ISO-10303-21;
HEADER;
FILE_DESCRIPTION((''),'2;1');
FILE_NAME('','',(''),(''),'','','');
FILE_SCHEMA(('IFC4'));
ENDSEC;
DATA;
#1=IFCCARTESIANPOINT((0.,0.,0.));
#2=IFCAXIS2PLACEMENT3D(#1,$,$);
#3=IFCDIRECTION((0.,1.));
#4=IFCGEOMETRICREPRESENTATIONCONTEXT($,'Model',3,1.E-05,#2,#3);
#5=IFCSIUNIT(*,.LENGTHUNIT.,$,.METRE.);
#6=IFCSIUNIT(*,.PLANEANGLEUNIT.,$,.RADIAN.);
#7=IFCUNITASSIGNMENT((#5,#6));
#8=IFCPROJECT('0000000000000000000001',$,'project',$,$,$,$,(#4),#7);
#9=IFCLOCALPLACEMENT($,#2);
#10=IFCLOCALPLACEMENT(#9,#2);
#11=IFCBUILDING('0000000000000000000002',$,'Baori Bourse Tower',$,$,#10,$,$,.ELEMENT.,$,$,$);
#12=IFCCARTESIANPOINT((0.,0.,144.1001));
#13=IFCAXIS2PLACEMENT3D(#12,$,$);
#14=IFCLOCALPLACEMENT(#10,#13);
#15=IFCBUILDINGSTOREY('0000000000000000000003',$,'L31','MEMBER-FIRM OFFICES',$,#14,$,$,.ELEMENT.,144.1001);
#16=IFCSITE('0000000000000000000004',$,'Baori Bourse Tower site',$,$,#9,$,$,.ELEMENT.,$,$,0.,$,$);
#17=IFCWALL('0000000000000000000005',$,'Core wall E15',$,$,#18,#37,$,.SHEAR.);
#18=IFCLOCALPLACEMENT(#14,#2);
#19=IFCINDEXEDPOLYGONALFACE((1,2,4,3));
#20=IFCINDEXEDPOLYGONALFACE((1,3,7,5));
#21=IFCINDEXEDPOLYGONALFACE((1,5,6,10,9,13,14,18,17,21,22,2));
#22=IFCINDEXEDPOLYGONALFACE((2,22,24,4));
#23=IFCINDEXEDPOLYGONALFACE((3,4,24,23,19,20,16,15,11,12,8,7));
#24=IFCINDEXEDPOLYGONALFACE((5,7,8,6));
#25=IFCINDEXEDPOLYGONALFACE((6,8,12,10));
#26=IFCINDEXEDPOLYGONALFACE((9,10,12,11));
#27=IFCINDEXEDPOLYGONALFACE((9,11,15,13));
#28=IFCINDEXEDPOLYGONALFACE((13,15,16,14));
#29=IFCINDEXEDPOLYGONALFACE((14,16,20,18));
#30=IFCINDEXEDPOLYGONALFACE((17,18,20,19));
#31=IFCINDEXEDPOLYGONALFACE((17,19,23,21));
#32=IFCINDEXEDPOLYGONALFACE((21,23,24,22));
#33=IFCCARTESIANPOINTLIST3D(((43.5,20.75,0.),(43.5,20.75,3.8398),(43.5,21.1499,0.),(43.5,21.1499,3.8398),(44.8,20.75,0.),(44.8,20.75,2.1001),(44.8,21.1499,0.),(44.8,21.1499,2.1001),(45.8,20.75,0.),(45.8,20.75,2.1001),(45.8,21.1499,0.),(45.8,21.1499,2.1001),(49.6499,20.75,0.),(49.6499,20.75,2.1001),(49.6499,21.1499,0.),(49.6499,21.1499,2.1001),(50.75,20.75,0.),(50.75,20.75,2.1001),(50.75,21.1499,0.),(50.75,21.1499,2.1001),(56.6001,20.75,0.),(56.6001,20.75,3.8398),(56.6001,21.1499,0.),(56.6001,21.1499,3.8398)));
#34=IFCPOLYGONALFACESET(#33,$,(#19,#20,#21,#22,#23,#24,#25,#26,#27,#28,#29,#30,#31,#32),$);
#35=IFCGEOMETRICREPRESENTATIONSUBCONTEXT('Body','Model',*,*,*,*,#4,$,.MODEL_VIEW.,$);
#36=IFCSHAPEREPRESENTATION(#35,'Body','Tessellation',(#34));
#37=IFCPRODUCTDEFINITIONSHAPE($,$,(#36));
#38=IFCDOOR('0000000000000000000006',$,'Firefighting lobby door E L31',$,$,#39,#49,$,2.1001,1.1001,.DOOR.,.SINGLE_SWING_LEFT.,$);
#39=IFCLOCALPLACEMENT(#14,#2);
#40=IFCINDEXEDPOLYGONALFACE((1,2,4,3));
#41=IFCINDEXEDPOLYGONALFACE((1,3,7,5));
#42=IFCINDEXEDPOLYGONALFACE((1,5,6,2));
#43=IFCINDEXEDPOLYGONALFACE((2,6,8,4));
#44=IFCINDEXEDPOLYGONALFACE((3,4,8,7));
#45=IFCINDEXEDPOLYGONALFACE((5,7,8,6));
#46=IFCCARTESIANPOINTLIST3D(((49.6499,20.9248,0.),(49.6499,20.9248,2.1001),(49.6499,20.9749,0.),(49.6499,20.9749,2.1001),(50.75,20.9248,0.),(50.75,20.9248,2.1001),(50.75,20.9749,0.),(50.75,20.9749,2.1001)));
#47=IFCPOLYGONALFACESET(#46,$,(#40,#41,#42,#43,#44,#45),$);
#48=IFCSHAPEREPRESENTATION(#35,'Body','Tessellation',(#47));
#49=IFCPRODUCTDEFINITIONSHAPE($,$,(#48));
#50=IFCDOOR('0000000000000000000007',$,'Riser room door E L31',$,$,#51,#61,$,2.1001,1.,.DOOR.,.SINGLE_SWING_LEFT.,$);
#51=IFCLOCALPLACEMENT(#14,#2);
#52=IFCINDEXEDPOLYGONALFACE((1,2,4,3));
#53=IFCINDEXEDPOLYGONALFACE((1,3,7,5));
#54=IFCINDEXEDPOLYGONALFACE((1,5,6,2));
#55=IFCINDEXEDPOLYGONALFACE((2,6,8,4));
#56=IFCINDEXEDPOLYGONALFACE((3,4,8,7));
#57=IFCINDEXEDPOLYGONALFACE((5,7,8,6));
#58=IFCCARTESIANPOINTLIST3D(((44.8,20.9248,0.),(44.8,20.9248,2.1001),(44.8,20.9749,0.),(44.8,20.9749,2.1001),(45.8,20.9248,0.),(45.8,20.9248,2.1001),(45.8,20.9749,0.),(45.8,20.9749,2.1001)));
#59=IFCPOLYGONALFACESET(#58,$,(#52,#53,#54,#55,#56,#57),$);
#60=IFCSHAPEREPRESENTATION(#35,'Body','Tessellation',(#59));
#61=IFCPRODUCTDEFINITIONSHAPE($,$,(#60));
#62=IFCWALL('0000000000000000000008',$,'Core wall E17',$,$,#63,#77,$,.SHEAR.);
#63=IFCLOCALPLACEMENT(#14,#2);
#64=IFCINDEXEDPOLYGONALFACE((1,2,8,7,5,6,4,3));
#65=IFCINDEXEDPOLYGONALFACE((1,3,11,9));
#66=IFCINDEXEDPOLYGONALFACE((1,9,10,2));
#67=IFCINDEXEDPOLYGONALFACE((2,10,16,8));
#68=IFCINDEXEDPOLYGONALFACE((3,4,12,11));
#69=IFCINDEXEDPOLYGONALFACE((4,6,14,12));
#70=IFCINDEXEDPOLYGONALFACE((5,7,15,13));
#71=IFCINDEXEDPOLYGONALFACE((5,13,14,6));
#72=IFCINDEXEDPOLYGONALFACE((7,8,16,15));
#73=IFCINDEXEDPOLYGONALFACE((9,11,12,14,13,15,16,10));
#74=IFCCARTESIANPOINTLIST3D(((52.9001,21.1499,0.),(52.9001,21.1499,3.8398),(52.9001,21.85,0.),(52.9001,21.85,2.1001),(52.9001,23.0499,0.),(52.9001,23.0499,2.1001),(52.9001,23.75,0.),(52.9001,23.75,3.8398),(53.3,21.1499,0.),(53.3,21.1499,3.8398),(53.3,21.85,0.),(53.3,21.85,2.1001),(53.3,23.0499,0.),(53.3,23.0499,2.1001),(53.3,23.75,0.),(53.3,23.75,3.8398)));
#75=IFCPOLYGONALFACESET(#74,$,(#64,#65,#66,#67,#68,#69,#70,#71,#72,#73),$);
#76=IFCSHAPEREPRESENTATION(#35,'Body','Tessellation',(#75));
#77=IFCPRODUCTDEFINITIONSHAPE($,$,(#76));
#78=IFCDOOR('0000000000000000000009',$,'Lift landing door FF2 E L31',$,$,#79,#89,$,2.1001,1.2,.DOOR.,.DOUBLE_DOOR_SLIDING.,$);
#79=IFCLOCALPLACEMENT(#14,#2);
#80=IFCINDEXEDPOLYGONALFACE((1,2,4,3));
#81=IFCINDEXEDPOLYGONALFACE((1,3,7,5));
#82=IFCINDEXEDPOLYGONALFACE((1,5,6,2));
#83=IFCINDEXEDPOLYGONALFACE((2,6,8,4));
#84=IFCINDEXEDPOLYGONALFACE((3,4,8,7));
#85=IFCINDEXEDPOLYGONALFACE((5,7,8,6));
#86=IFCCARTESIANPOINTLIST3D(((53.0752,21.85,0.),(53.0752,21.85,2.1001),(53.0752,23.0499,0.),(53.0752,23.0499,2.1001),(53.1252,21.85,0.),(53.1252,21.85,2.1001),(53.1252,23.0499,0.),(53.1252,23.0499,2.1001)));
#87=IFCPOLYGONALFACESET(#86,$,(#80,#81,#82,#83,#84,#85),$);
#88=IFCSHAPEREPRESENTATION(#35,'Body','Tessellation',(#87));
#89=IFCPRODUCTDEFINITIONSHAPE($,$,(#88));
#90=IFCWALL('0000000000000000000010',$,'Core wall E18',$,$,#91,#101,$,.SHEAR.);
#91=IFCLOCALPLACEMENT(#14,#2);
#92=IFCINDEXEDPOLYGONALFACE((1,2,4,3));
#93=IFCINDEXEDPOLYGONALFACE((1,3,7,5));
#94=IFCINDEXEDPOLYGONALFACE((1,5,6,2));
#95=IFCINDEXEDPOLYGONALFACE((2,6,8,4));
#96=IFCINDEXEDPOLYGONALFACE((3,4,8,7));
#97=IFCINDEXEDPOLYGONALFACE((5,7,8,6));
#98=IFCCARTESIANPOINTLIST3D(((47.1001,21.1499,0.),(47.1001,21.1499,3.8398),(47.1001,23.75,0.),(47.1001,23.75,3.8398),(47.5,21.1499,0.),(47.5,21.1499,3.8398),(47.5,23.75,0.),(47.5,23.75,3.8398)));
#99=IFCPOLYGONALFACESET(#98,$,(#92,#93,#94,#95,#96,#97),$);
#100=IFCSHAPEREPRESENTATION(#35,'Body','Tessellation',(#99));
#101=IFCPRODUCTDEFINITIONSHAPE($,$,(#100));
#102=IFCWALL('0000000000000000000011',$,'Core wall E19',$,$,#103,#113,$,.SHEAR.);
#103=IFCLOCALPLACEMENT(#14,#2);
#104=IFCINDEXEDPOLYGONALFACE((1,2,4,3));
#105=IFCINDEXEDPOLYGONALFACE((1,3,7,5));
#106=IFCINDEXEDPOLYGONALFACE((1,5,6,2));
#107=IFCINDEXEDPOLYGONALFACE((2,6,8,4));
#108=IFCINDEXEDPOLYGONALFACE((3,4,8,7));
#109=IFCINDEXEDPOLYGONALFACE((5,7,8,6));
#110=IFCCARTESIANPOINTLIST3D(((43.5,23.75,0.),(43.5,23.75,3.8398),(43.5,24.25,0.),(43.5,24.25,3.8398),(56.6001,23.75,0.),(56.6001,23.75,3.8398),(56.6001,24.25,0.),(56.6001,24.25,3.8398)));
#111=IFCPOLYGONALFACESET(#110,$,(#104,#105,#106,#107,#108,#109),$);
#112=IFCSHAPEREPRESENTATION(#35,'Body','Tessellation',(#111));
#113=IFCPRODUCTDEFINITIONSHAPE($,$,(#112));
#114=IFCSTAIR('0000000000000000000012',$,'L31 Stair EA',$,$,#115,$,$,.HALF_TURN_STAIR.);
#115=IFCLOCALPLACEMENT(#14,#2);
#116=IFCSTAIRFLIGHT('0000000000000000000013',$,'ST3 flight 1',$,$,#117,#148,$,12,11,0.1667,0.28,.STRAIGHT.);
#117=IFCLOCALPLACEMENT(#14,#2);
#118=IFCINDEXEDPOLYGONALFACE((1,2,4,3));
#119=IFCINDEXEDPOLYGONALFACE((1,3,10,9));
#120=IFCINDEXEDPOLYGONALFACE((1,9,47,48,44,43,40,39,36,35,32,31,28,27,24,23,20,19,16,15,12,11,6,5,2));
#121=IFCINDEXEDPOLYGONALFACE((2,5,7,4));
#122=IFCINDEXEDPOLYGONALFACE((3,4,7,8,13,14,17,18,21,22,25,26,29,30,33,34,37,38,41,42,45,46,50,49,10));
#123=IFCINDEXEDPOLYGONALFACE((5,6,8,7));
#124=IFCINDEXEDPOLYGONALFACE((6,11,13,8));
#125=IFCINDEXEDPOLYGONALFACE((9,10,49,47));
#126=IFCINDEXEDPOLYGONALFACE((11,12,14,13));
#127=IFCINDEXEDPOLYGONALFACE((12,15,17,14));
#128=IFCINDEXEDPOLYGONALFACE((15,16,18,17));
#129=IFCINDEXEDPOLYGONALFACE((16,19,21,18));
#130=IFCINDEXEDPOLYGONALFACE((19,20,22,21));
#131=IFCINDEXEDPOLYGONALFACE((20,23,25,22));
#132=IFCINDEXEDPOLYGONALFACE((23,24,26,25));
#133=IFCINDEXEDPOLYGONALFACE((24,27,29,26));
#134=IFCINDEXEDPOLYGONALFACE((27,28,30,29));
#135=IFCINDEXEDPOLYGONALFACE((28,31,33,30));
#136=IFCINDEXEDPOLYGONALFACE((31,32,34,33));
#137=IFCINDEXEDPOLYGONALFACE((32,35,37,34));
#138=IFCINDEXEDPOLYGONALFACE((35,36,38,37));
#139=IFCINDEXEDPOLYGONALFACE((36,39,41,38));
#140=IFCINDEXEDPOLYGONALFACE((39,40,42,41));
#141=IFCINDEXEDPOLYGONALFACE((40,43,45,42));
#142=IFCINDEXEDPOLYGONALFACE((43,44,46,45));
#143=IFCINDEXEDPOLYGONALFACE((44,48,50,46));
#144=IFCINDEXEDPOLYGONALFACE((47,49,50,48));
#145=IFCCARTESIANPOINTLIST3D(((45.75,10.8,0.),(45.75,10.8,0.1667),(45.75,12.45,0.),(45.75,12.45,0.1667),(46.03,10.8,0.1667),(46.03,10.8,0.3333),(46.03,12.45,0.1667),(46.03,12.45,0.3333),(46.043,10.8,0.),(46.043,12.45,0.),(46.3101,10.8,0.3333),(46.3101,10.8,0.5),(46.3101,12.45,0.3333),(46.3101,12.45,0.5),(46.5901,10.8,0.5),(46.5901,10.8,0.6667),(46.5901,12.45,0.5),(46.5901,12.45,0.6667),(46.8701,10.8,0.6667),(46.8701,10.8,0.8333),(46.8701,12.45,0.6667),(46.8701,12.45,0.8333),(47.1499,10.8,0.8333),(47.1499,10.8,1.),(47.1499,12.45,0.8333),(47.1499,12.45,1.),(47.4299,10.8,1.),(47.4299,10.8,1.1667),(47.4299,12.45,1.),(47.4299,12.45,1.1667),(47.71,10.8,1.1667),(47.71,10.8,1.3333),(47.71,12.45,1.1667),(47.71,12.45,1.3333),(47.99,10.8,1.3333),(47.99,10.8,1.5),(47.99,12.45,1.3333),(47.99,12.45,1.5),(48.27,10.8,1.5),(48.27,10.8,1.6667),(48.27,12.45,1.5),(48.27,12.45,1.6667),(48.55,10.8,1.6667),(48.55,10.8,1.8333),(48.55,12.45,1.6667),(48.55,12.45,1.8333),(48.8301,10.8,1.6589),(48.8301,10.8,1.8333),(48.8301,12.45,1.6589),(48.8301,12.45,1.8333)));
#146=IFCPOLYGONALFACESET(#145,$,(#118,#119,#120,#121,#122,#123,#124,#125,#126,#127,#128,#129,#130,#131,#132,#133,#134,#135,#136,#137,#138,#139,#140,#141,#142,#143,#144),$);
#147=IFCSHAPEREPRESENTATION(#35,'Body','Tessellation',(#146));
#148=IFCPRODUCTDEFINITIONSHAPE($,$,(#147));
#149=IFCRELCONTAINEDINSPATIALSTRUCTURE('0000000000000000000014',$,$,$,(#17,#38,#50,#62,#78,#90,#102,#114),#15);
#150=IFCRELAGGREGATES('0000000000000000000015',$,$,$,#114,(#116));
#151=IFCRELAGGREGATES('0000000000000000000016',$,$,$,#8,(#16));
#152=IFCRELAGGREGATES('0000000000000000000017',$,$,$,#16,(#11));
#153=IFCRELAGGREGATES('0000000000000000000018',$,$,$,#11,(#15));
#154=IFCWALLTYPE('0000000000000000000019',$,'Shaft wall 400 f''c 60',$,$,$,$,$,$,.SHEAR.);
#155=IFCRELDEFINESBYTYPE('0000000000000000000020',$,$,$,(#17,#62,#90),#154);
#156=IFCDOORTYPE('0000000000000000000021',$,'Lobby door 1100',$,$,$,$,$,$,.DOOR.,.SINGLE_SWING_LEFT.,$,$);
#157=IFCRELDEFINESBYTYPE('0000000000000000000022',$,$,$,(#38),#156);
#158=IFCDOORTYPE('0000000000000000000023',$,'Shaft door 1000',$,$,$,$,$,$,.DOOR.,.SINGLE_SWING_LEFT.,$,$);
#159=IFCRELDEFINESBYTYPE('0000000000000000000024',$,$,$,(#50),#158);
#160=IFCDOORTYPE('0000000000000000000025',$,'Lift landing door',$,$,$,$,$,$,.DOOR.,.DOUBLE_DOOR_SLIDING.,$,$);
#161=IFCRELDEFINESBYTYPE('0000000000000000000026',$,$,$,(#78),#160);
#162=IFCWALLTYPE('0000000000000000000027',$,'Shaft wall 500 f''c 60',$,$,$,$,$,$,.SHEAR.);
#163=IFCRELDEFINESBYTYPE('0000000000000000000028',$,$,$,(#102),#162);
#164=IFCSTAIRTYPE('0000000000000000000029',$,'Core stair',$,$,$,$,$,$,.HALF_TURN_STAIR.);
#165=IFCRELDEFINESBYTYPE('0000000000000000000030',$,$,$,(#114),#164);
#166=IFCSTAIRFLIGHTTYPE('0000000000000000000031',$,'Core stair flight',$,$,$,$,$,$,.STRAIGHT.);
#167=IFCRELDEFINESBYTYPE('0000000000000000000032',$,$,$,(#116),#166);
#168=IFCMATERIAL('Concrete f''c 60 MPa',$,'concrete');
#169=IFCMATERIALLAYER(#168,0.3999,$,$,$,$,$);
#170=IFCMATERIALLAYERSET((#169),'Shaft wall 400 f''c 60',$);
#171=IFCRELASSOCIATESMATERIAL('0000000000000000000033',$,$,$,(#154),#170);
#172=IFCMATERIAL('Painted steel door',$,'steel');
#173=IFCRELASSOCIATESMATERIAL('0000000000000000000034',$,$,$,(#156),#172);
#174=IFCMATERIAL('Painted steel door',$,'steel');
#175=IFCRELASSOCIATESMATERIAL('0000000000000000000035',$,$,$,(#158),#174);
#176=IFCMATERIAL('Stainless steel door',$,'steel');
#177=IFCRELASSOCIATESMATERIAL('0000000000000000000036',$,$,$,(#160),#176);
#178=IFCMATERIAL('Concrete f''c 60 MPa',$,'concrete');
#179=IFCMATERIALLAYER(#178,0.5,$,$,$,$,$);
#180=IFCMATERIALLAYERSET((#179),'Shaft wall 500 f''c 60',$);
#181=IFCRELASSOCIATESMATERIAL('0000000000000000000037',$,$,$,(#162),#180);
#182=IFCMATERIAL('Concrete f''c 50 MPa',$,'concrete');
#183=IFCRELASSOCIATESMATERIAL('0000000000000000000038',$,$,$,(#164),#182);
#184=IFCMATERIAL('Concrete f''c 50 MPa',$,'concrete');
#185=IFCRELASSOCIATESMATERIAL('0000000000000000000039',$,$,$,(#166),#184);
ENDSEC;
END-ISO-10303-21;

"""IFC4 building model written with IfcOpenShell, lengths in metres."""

from ifc_helpers import new_model, si_unit, direction, frame, frame_2d, origin, place, context, subcontext, project, spatial, polyline, rectangle, outline, extrude, material, layer, layer_set, type_object, element, fill, aggregate, save


model = new_model("IFC4")

# Units and contexts
model_context = context("Model", 3, precision=1e-05, world=origin(), true_north=direction((0.0, 1.0)))
body_context = subcontext(model_context, "Body", "Model", "MODEL_VIEW")
ifc_project = project(units=[si_unit("LENGTHUNIT", "METRE"), si_unit("PLANEANGLEUNIT", "RADIAN")], contexts=[model_context])

# Site, building, storey
site_placement = place(None, origin())
site = spatial("IfcSite", under=ifc_project, at=site_placement, Name="Baori Bourse Tower site", CompositionType="ELEMENT", RefElevation=0.0)
building_placement = place(site_placement, origin())
building = spatial("IfcBuilding", under=site, at=building_placement, Name="Baori Bourse Tower", CompositionType="ELEMENT")
storey_placement = place(building_placement, frame((0.0, 0.0, 144.1001)))
storey = spatial("IfcBuildingStorey", under=building, at=storey_placement, Name="L31", Description="MEMBER-FIRM OFFICES", CompositionType="ELEMENT", Elevation=144.1001)

# Wall, openings, doors
ifc_material_1 = material(Name="Concrete f'c 60 MPa", Category="concrete")
ifc_layer_1 = layer(ifc_material_1, 0.3999)
ifc_layer_set_1 = layer_set([ifc_layer_1], Name="Shaft wall 400 f'c 60")
wall_type_1 = type_object("IfcWallType", Name="Shaft wall 400 f'c 60", PredefinedType="SHEAR", material=ifc_layer_set_1)
wall_1_placement = place(storey_placement, frame((43.5, 20.95, 0.0), z_axis=(0.0, 0.0, 1.0), x_axis=(1.0, 0.0, 0.0)))
wall_1 = element("IfcWall", 1, at=wall_1_placement, inside=storey, type_object=wall_type_1, Name="Core wall E15", PredefinedType="SHEAR", context=body_context, shape_type="SweptSolid", body=[
    extrude(rectangle(XDim=13.1001, YDim=0.3999, at=frame_2d((6.55, 0.0))), origin(), (0.0, 0.0, 1.0), 3.8398),
])
opening_1_placement = place(wall_1_placement, frame((6.1499, 0.0, 0.0)))
opening_1 = element("IfcOpeningElement", 2, at=opening_1_placement, cuts=wall_1, PredefinedType="OPENING", context=body_context, shape_type="SweptSolid", body=[
    extrude(rectangle(XDim=1.1001, YDim=2.1001, at=frame_2d((0.55, 1.05))), frame((0.0, 0.21, 0.0), z_axis=(0.0, -1.0, 0.0), x_axis=(1.0, 0.0, 0.0)), (0.0, 0.0, 1.0), 0.4199),
])
opening_2_placement = place(wall_1_placement, frame((1.3, 0.0, 0.0)))
opening_2 = element("IfcOpeningElement", 3, at=opening_2_placement, cuts=wall_1, PredefinedType="OPENING", context=body_context, shape_type="SweptSolid", body=[
    extrude(rectangle(XDim=1.0, YDim=2.1001, at=frame_2d((0.5, 1.05))), frame((0.0, 0.21, 0.0), z_axis=(0.0, -1.0, 0.0), x_axis=(1.0, 0.0, 0.0)), (0.0, 0.0, 1.0), 0.4199),
])
ifc_material_2 = material(Name="Painted steel door", Category="steel")
door_type_1 = type_object("IfcDoorType", Name="Lobby door 1100", OperationType="SINGLE_SWING_LEFT", PredefinedType="DOOR", material=ifc_material_2)
door_1_placement = place(opening_1_placement, origin())
door_1 = element("IfcDoor", 4, at=door_1_placement, inside=storey, type_object=door_type_1, Name="Firefighting lobby door E L31", OperationType="SINGLE_SWING_LEFT", OverallHeight=2.1001, OverallWidth=1.1001, PredefinedType="DOOR", context=body_context, shape_type="SweptSolid", body=[
    extrude(rectangle(XDim=1.1001, YDim=2.1001, at=frame_2d((0.55, 1.05))), frame((0.0, 0.0249, 0.0), z_axis=(0.0, -1.0, 0.0), x_axis=(1.0, 0.0, 0.0)), (0.0, 0.0, 1.0), 0.05),
])
fill(opening_1, door_1)
ifc_material_3 = material(Name="Painted steel door", Category="steel")
door_type_2 = type_object("IfcDoorType", Name="Shaft door 1000", OperationType="SINGLE_SWING_LEFT", PredefinedType="DOOR", material=ifc_material_3)
door_2_placement = place(opening_2_placement, origin())
door_2 = element("IfcDoor", 5, at=door_2_placement, inside=storey, type_object=door_type_2, Name="Riser room door E L31", OperationType="SINGLE_SWING_LEFT", OverallHeight=2.1001, OverallWidth=1.0, PredefinedType="DOOR", context=body_context, shape_type="SweptSolid", body=[
    extrude(rectangle(XDim=1.0, YDim=2.1001, at=frame_2d((0.5, 1.05))), frame((0.0, 0.0249, 0.0), z_axis=(0.0, -1.0, 0.0), x_axis=(1.0, 0.0, 0.0)), (0.0, 0.0, 1.0), 0.05),
])
fill(opening_2, door_2)

# Wall, opening, door
wall_2_placement = place(storey_placement, frame((53.1001, 21.1499, 0.0), z_axis=(0.0, 0.0, 1.0), x_axis=(0.0, 1.0, 0.0)))
wall_2 = element("IfcWall", 6, at=wall_2_placement, inside=storey, type_object=wall_type_1, Name="Core wall E17", PredefinedType="SHEAR", context=body_context, shape_type="SweptSolid", body=[
    extrude(rectangle(XDim=2.6001, YDim=0.3999, at=frame_2d((1.3, 0.0))), origin(), (0.0, 0.0, 1.0), 3.8398),
])
opening_3_placement = place(wall_2_placement, frame((0.7, 0.0, 0.0)))
opening_3 = element("IfcOpeningElement", 7, at=opening_3_placement, cuts=wall_2, PredefinedType="OPENING", context=body_context, shape_type="SweptSolid", body=[
    extrude(rectangle(XDim=1.2, YDim=2.1001, at=frame_2d((0.6001, 1.05))), frame((0.0, 0.21, 0.0), z_axis=(0.0, -1.0, 0.0), x_axis=(1.0, 0.0, 0.0)), (0.0, 0.0, 1.0), 0.4199),
])
ifc_material_4 = material(Name="Stainless steel door", Category="steel")
door_type_3 = type_object("IfcDoorType", Name="Lift landing door", OperationType="DOUBLE_DOOR_SLIDING", PredefinedType="DOOR", material=ifc_material_4)
door_3_placement = place(opening_3_placement, origin())
door_3 = element("IfcDoor", 8, at=door_3_placement, inside=storey, type_object=door_type_3, Name="Lift landing door FF2 E L31", OperationType="DOUBLE_DOOR_SLIDING", OverallHeight=2.1001, OverallWidth=1.2, PredefinedType="DOOR", context=body_context, shape_type="SweptSolid", body=[
    extrude(rectangle(XDim=1.2, YDim=2.1001, at=frame_2d((0.6001, 1.05))), frame((0.0, 0.0249, 0.0), z_axis=(0.0, -1.0, 0.0), x_axis=(1.0, 0.0, 0.0)), (0.0, 0.0, 1.0), 0.05),
])
fill(opening_3, door_3)

# Walls
wall_3_placement = place(storey_placement, frame((47.3, 21.1499, 0.0), z_axis=(0.0, 0.0, 1.0), x_axis=(0.0, 1.0, 0.0)))
element("IfcWall", 9, at=wall_3_placement, inside=storey, type_object=wall_type_1, Name="Core wall E18", PredefinedType="SHEAR", context=body_context, shape_type="SweptSolid", body=[
    extrude(rectangle(XDim=2.6001, YDim=0.3999, at=frame_2d((1.3, 0.0))), origin(), (0.0, 0.0, 1.0), 3.8398),
])
ifc_material_5 = material(Name="Concrete f'c 60 MPa", Category="concrete")
ifc_layer_2 = layer(ifc_material_5, 0.5)
ifc_layer_set_2 = layer_set([ifc_layer_2], Name="Shaft wall 500 f'c 60")
wall_type_2 = type_object("IfcWallType", Name="Shaft wall 500 f'c 60", PredefinedType="SHEAR", material=ifc_layer_set_2)
wall_4_placement = place(storey_placement, frame((43.5, 24.0, 0.0), z_axis=(0.0, 0.0, 1.0), x_axis=(1.0, 0.0, 0.0)))
element("IfcWall", 10, at=wall_4_placement, inside=storey, type_object=wall_type_2, Name="Core wall E19", PredefinedType="SHEAR", context=body_context, shape_type="SweptSolid", body=[
    extrude(rectangle(XDim=13.1001, YDim=0.5, at=frame_2d((6.55, 0.0))), origin(), (0.0, 0.0, 1.0), 3.8398),
])

# Stair, stair flight
ifc_material_6 = material(Name="Concrete f'c 50 MPa", Category="concrete")
stair_type = type_object("IfcStairType", Name="Core stair", PredefinedType="HALF_TURN_STAIR", material=ifc_material_6)
stair_placement = place(storey_placement, origin())
stair = element("IfcStair", 11, at=stair_placement, inside=storey, type_object=stair_type, Name="L31 Stair EA", PredefinedType="HALF_TURN_STAIR")
ifc_material_7 = material(Name="Concrete f'c 50 MPa", Category="concrete")
stair_flight_type = type_object("IfcStairFlightType", Name="Core stair flight", PredefinedType="STRAIGHT", material=ifc_material_7)
stair_flight_1_placement = place(storey_placement, frame((45.75, 11.625, 0.0), z_axis=(0.0, 0.0, 1.0), x_axis=(1.0, 0.0, 0.0)))
stair_flight_1 = element("IfcStairFlight", 12, at=stair_flight_1_placement, type_object=stair_flight_type, Name="ST3 flight 1", NumberOfRisers=12, NumberOfTreads=11, PredefinedType="STRAIGHT", RiserHeight=0.1667, TreadLength=0.28, context=body_context, shape_type="SweptSolid", body=[
    extrude(outline(polyline([(0.0, 0.0), (0.0, 0.1667), (0.28, 0.1667), (0.28, 0.3333), (0.5601, 0.3333), (0.5601, 0.5), (0.8401, 0.5), (0.8401, 0.6667), (1.1201, 0.6667), (1.1201, 0.8333), (1.3999, 0.8333), (1.3999, 1.0), (1.6799, 1.0), (1.6799, 1.1667), (1.96, 1.1667), (1.96, 1.3333), (2.24, 1.3333), (2.24, 1.5), (2.52, 1.5), (2.52, 1.6667), (2.8, 1.6667), (2.8, 1.8333), (3.0801, 1.8333), (3.0801, 2.0), (3.0801, 1.6589), (0.293, 0.0), (0.0, 0.0)])), frame((0.0, 0.825, 0.0), z_axis=(0.0, -1.0, 0.0), x_axis=(1.0, 0.0, 0.0)), (0.0, 0.0, 1.0), 1.6499),
])
aggregate(stair, [stair_flight_1])

save(model, "model.ifc")
